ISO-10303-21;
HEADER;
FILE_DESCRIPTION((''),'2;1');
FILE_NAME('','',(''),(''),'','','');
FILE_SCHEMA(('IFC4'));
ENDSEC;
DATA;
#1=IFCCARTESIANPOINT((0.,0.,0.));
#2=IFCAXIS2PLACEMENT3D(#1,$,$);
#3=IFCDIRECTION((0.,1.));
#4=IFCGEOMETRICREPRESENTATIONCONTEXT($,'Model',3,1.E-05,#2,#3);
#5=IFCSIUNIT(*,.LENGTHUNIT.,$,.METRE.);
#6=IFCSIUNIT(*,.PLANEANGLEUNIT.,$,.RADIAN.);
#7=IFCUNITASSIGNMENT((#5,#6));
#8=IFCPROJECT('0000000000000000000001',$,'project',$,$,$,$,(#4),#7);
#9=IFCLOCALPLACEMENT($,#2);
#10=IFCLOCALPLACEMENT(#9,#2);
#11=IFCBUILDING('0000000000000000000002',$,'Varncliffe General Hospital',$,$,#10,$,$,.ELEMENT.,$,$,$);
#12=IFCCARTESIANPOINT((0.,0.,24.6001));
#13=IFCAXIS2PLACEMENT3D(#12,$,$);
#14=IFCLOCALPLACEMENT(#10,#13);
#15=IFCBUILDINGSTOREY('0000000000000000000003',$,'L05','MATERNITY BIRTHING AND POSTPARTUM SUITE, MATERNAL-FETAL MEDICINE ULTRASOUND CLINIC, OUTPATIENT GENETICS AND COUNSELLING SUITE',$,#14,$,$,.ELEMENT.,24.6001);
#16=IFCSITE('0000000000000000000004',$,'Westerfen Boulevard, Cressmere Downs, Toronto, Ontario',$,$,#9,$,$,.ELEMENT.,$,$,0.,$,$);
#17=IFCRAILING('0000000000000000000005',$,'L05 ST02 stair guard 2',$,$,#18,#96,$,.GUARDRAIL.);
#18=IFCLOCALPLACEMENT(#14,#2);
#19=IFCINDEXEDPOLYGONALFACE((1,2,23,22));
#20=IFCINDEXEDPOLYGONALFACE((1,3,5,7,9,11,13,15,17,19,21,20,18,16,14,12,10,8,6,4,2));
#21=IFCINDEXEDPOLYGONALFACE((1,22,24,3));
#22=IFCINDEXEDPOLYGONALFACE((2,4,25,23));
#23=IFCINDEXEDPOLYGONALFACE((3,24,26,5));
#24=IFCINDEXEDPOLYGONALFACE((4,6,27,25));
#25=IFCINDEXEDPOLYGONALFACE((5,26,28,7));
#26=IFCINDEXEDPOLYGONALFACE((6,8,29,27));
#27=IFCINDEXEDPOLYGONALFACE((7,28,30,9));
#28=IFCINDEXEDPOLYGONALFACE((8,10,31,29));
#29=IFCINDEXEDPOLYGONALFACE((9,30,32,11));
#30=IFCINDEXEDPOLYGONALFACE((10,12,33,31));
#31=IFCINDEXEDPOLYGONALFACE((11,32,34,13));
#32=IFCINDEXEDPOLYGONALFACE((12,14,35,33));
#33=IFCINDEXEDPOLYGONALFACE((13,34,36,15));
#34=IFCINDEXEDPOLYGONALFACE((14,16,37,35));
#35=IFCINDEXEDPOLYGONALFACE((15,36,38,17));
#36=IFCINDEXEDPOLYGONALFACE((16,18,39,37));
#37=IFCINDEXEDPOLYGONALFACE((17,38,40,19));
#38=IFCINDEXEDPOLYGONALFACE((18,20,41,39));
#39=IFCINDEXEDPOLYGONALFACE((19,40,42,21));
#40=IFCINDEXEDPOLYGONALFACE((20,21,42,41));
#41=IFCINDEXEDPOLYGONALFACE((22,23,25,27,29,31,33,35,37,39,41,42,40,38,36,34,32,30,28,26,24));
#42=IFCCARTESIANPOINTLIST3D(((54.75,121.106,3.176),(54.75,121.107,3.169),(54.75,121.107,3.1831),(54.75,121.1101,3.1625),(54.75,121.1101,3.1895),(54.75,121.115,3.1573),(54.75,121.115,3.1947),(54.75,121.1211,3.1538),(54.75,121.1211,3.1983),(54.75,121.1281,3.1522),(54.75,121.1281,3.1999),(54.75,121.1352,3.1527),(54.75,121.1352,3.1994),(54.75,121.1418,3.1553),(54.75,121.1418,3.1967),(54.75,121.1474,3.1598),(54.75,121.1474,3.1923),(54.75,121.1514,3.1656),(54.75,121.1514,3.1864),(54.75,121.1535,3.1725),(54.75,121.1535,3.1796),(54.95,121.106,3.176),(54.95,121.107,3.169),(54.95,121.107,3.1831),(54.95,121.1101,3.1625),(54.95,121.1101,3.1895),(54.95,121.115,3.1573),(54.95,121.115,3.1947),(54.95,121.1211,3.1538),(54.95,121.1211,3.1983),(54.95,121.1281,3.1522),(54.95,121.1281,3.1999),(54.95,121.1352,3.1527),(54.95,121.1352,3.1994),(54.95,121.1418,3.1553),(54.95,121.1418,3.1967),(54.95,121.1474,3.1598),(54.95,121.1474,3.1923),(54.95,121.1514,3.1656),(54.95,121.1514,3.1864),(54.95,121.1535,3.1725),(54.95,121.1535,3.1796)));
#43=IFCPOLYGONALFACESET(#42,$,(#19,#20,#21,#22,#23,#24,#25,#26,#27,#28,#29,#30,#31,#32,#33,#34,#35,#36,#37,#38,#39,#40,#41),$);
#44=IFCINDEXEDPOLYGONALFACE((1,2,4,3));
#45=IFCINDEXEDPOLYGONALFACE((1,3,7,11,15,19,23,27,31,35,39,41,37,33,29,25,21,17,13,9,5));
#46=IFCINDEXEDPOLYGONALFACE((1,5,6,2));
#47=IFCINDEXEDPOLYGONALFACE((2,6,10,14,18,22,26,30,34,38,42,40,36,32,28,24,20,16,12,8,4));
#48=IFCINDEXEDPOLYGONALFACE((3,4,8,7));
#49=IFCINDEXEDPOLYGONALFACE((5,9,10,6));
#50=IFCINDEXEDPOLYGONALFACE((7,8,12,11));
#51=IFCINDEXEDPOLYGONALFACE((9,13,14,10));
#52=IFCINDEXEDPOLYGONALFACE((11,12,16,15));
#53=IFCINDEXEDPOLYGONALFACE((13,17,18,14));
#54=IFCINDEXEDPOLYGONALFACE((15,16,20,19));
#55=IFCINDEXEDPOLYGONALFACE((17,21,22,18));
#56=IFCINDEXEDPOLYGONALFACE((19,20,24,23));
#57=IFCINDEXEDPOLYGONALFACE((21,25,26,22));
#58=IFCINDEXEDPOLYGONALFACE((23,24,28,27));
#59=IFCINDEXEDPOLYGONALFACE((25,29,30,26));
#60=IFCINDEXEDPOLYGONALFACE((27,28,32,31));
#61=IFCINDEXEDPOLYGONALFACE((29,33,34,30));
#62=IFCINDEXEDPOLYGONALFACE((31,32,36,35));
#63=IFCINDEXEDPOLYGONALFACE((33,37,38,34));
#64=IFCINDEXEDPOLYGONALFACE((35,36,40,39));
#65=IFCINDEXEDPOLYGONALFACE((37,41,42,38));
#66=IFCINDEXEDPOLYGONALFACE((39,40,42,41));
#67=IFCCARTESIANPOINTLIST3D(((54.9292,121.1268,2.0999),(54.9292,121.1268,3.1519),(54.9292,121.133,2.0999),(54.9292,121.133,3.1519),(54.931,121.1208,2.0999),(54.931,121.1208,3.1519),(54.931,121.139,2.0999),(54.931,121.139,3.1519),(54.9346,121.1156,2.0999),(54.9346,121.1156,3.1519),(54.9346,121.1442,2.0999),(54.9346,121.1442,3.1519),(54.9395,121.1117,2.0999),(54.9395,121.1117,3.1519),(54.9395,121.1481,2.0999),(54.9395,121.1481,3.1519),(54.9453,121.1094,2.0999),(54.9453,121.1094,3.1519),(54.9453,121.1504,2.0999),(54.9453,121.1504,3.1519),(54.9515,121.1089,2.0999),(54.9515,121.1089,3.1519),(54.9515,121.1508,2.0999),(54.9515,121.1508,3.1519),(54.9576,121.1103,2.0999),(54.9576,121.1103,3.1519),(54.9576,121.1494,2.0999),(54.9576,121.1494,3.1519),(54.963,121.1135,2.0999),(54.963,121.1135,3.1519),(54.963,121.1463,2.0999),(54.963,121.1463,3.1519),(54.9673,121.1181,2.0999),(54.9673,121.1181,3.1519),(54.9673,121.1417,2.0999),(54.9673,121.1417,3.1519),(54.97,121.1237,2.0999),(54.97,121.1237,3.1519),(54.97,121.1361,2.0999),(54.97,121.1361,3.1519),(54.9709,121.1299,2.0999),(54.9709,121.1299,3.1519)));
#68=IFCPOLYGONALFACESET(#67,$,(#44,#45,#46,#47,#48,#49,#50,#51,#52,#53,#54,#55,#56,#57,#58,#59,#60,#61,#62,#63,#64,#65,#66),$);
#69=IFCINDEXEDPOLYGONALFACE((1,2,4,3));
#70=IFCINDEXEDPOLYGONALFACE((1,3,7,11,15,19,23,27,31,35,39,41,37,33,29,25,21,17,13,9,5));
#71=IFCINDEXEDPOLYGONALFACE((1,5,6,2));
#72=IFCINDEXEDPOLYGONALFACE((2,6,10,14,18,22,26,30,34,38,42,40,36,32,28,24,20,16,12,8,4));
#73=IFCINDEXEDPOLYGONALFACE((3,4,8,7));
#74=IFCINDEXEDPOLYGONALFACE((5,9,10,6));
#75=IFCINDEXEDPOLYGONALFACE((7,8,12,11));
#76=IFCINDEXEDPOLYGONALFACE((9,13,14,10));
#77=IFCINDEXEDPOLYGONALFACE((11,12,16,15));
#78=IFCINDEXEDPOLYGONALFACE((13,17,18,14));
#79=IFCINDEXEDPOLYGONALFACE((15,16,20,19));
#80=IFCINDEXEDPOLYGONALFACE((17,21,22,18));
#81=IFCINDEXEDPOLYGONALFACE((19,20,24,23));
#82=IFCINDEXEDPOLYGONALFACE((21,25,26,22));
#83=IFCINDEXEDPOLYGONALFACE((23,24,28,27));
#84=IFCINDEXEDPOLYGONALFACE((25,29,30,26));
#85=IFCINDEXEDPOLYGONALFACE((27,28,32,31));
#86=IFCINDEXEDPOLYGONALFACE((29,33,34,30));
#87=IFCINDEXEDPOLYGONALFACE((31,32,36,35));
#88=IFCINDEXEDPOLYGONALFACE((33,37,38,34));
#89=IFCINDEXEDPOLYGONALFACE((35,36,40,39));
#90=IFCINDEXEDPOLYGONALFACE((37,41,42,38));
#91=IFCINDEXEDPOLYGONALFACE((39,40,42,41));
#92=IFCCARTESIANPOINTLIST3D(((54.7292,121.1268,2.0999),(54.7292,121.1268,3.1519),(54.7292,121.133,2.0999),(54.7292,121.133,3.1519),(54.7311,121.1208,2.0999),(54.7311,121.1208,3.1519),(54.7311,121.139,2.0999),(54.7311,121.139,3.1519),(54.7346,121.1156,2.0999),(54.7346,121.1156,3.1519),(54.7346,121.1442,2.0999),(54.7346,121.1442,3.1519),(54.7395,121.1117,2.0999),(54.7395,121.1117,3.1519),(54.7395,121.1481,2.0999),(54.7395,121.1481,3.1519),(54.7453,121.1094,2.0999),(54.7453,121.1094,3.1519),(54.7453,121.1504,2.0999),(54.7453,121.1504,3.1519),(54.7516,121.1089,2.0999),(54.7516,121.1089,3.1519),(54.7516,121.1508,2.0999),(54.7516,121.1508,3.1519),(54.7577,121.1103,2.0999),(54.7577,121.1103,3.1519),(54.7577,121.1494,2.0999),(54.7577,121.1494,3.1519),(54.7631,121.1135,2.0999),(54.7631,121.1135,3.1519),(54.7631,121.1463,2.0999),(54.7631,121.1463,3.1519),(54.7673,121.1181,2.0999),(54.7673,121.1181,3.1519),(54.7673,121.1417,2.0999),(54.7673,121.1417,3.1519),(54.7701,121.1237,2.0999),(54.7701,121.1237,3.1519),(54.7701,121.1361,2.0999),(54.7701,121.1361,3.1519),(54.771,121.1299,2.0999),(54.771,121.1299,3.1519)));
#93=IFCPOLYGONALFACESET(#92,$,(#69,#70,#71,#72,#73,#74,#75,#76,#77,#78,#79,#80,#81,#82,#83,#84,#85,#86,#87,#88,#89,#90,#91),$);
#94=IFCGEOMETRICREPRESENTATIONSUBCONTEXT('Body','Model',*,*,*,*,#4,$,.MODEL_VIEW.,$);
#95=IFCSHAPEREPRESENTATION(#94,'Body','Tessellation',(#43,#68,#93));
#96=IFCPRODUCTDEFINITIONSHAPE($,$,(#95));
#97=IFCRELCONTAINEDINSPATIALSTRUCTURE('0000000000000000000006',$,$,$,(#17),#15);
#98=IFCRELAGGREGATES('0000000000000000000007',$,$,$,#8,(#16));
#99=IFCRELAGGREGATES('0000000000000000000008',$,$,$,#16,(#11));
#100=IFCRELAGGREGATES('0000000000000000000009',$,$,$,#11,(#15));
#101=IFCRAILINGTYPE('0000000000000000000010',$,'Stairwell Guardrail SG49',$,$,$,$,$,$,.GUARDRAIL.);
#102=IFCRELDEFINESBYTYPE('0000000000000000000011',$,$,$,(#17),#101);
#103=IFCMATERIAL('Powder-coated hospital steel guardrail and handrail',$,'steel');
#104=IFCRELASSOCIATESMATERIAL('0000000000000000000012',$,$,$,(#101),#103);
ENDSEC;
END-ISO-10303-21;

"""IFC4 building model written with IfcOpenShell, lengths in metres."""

from ifc_helpers import new_model, si_unit, direction, frame, origin, origin_2d, place, context, subcontext, project, spatial, circle, extrude, material, type_object, element, save


model = new_model("IFC4")

# Units and contexts
model_context = context("Model", 3, precision=1e-05, world=origin(), true_north=direction((0.0, 1.0)))
body_context = subcontext(model_context, "Body", "Model", "MODEL_VIEW")
ifc_project = project(units=[si_unit("LENGTHUNIT", "METRE"), si_unit("PLANEANGLEUNIT", "RADIAN")], contexts=[model_context])

# Site, building, storey
site_placement = place(None, origin())
site = spatial("IfcSite", under=ifc_project, at=site_placement, Name="Westerfen Boulevard, Cressmere Downs, Toronto, Ontario", CompositionType="ELEMENT", RefElevation=0.0)
building_placement = place(site_placement, origin())
building = spatial("IfcBuilding", under=site, at=building_placement, Name="Varncliffe General Hospital", CompositionType="ELEMENT")
storey_placement = place(building_placement, frame((0.0, 0.0, 24.6001)))
storey = spatial("IfcBuildingStorey", under=building, at=storey_placement, Name="L05", Description="MATERNITY BIRTHING AND POSTPARTUM SUITE, MATERNAL-FETAL MEDICINE ULTRASOUND CLINIC, OUTPATIENT GENETICS AND COUNSELLING SUITE", CompositionType="ELEMENT", Elevation=24.6001)

# Railing
ifc_material_1 = material(Name="Powder-coated hospital steel guardrail and handrail", Category="steel")
railing_type_1 = type_object("IfcRailingType", Name="Stairwell Guardrail SG49", PredefinedType="GUARDRAIL", material=ifc_material_1)
railing_1_placement = place(storey_placement, frame((54.95, 121.1299, 2.0999)))
element("IfcRailing", 1, at=railing_1_placement, inside=storey, type_object=railing_type_1, Name="L05 ST02 stair guard 2", PredefinedType="GUARDRAIL", context=body_context, shape_type="SweptSolid", body=[
    extrude(circle(Radius=0.0239, at=origin_2d()), frame((0.0, 0.0, 1.0762), z_axis=(-1.0, 0.0, 0.0), x_axis=(0.0, -1.0, 0.0)), (0.0, 0.0, 1.0), 0.2),
    extrude(circle(Radius=0.021, at=origin_2d()), origin(), (0.0, 0.0, 1.0), 1.052),
    extrude(circle(Radius=0.021, at=origin_2d()), frame((-0.2, 0.0, 0.0)), (0.0, 0.0, 1.0), 1.052),
])

save(model, "model.ifc")
